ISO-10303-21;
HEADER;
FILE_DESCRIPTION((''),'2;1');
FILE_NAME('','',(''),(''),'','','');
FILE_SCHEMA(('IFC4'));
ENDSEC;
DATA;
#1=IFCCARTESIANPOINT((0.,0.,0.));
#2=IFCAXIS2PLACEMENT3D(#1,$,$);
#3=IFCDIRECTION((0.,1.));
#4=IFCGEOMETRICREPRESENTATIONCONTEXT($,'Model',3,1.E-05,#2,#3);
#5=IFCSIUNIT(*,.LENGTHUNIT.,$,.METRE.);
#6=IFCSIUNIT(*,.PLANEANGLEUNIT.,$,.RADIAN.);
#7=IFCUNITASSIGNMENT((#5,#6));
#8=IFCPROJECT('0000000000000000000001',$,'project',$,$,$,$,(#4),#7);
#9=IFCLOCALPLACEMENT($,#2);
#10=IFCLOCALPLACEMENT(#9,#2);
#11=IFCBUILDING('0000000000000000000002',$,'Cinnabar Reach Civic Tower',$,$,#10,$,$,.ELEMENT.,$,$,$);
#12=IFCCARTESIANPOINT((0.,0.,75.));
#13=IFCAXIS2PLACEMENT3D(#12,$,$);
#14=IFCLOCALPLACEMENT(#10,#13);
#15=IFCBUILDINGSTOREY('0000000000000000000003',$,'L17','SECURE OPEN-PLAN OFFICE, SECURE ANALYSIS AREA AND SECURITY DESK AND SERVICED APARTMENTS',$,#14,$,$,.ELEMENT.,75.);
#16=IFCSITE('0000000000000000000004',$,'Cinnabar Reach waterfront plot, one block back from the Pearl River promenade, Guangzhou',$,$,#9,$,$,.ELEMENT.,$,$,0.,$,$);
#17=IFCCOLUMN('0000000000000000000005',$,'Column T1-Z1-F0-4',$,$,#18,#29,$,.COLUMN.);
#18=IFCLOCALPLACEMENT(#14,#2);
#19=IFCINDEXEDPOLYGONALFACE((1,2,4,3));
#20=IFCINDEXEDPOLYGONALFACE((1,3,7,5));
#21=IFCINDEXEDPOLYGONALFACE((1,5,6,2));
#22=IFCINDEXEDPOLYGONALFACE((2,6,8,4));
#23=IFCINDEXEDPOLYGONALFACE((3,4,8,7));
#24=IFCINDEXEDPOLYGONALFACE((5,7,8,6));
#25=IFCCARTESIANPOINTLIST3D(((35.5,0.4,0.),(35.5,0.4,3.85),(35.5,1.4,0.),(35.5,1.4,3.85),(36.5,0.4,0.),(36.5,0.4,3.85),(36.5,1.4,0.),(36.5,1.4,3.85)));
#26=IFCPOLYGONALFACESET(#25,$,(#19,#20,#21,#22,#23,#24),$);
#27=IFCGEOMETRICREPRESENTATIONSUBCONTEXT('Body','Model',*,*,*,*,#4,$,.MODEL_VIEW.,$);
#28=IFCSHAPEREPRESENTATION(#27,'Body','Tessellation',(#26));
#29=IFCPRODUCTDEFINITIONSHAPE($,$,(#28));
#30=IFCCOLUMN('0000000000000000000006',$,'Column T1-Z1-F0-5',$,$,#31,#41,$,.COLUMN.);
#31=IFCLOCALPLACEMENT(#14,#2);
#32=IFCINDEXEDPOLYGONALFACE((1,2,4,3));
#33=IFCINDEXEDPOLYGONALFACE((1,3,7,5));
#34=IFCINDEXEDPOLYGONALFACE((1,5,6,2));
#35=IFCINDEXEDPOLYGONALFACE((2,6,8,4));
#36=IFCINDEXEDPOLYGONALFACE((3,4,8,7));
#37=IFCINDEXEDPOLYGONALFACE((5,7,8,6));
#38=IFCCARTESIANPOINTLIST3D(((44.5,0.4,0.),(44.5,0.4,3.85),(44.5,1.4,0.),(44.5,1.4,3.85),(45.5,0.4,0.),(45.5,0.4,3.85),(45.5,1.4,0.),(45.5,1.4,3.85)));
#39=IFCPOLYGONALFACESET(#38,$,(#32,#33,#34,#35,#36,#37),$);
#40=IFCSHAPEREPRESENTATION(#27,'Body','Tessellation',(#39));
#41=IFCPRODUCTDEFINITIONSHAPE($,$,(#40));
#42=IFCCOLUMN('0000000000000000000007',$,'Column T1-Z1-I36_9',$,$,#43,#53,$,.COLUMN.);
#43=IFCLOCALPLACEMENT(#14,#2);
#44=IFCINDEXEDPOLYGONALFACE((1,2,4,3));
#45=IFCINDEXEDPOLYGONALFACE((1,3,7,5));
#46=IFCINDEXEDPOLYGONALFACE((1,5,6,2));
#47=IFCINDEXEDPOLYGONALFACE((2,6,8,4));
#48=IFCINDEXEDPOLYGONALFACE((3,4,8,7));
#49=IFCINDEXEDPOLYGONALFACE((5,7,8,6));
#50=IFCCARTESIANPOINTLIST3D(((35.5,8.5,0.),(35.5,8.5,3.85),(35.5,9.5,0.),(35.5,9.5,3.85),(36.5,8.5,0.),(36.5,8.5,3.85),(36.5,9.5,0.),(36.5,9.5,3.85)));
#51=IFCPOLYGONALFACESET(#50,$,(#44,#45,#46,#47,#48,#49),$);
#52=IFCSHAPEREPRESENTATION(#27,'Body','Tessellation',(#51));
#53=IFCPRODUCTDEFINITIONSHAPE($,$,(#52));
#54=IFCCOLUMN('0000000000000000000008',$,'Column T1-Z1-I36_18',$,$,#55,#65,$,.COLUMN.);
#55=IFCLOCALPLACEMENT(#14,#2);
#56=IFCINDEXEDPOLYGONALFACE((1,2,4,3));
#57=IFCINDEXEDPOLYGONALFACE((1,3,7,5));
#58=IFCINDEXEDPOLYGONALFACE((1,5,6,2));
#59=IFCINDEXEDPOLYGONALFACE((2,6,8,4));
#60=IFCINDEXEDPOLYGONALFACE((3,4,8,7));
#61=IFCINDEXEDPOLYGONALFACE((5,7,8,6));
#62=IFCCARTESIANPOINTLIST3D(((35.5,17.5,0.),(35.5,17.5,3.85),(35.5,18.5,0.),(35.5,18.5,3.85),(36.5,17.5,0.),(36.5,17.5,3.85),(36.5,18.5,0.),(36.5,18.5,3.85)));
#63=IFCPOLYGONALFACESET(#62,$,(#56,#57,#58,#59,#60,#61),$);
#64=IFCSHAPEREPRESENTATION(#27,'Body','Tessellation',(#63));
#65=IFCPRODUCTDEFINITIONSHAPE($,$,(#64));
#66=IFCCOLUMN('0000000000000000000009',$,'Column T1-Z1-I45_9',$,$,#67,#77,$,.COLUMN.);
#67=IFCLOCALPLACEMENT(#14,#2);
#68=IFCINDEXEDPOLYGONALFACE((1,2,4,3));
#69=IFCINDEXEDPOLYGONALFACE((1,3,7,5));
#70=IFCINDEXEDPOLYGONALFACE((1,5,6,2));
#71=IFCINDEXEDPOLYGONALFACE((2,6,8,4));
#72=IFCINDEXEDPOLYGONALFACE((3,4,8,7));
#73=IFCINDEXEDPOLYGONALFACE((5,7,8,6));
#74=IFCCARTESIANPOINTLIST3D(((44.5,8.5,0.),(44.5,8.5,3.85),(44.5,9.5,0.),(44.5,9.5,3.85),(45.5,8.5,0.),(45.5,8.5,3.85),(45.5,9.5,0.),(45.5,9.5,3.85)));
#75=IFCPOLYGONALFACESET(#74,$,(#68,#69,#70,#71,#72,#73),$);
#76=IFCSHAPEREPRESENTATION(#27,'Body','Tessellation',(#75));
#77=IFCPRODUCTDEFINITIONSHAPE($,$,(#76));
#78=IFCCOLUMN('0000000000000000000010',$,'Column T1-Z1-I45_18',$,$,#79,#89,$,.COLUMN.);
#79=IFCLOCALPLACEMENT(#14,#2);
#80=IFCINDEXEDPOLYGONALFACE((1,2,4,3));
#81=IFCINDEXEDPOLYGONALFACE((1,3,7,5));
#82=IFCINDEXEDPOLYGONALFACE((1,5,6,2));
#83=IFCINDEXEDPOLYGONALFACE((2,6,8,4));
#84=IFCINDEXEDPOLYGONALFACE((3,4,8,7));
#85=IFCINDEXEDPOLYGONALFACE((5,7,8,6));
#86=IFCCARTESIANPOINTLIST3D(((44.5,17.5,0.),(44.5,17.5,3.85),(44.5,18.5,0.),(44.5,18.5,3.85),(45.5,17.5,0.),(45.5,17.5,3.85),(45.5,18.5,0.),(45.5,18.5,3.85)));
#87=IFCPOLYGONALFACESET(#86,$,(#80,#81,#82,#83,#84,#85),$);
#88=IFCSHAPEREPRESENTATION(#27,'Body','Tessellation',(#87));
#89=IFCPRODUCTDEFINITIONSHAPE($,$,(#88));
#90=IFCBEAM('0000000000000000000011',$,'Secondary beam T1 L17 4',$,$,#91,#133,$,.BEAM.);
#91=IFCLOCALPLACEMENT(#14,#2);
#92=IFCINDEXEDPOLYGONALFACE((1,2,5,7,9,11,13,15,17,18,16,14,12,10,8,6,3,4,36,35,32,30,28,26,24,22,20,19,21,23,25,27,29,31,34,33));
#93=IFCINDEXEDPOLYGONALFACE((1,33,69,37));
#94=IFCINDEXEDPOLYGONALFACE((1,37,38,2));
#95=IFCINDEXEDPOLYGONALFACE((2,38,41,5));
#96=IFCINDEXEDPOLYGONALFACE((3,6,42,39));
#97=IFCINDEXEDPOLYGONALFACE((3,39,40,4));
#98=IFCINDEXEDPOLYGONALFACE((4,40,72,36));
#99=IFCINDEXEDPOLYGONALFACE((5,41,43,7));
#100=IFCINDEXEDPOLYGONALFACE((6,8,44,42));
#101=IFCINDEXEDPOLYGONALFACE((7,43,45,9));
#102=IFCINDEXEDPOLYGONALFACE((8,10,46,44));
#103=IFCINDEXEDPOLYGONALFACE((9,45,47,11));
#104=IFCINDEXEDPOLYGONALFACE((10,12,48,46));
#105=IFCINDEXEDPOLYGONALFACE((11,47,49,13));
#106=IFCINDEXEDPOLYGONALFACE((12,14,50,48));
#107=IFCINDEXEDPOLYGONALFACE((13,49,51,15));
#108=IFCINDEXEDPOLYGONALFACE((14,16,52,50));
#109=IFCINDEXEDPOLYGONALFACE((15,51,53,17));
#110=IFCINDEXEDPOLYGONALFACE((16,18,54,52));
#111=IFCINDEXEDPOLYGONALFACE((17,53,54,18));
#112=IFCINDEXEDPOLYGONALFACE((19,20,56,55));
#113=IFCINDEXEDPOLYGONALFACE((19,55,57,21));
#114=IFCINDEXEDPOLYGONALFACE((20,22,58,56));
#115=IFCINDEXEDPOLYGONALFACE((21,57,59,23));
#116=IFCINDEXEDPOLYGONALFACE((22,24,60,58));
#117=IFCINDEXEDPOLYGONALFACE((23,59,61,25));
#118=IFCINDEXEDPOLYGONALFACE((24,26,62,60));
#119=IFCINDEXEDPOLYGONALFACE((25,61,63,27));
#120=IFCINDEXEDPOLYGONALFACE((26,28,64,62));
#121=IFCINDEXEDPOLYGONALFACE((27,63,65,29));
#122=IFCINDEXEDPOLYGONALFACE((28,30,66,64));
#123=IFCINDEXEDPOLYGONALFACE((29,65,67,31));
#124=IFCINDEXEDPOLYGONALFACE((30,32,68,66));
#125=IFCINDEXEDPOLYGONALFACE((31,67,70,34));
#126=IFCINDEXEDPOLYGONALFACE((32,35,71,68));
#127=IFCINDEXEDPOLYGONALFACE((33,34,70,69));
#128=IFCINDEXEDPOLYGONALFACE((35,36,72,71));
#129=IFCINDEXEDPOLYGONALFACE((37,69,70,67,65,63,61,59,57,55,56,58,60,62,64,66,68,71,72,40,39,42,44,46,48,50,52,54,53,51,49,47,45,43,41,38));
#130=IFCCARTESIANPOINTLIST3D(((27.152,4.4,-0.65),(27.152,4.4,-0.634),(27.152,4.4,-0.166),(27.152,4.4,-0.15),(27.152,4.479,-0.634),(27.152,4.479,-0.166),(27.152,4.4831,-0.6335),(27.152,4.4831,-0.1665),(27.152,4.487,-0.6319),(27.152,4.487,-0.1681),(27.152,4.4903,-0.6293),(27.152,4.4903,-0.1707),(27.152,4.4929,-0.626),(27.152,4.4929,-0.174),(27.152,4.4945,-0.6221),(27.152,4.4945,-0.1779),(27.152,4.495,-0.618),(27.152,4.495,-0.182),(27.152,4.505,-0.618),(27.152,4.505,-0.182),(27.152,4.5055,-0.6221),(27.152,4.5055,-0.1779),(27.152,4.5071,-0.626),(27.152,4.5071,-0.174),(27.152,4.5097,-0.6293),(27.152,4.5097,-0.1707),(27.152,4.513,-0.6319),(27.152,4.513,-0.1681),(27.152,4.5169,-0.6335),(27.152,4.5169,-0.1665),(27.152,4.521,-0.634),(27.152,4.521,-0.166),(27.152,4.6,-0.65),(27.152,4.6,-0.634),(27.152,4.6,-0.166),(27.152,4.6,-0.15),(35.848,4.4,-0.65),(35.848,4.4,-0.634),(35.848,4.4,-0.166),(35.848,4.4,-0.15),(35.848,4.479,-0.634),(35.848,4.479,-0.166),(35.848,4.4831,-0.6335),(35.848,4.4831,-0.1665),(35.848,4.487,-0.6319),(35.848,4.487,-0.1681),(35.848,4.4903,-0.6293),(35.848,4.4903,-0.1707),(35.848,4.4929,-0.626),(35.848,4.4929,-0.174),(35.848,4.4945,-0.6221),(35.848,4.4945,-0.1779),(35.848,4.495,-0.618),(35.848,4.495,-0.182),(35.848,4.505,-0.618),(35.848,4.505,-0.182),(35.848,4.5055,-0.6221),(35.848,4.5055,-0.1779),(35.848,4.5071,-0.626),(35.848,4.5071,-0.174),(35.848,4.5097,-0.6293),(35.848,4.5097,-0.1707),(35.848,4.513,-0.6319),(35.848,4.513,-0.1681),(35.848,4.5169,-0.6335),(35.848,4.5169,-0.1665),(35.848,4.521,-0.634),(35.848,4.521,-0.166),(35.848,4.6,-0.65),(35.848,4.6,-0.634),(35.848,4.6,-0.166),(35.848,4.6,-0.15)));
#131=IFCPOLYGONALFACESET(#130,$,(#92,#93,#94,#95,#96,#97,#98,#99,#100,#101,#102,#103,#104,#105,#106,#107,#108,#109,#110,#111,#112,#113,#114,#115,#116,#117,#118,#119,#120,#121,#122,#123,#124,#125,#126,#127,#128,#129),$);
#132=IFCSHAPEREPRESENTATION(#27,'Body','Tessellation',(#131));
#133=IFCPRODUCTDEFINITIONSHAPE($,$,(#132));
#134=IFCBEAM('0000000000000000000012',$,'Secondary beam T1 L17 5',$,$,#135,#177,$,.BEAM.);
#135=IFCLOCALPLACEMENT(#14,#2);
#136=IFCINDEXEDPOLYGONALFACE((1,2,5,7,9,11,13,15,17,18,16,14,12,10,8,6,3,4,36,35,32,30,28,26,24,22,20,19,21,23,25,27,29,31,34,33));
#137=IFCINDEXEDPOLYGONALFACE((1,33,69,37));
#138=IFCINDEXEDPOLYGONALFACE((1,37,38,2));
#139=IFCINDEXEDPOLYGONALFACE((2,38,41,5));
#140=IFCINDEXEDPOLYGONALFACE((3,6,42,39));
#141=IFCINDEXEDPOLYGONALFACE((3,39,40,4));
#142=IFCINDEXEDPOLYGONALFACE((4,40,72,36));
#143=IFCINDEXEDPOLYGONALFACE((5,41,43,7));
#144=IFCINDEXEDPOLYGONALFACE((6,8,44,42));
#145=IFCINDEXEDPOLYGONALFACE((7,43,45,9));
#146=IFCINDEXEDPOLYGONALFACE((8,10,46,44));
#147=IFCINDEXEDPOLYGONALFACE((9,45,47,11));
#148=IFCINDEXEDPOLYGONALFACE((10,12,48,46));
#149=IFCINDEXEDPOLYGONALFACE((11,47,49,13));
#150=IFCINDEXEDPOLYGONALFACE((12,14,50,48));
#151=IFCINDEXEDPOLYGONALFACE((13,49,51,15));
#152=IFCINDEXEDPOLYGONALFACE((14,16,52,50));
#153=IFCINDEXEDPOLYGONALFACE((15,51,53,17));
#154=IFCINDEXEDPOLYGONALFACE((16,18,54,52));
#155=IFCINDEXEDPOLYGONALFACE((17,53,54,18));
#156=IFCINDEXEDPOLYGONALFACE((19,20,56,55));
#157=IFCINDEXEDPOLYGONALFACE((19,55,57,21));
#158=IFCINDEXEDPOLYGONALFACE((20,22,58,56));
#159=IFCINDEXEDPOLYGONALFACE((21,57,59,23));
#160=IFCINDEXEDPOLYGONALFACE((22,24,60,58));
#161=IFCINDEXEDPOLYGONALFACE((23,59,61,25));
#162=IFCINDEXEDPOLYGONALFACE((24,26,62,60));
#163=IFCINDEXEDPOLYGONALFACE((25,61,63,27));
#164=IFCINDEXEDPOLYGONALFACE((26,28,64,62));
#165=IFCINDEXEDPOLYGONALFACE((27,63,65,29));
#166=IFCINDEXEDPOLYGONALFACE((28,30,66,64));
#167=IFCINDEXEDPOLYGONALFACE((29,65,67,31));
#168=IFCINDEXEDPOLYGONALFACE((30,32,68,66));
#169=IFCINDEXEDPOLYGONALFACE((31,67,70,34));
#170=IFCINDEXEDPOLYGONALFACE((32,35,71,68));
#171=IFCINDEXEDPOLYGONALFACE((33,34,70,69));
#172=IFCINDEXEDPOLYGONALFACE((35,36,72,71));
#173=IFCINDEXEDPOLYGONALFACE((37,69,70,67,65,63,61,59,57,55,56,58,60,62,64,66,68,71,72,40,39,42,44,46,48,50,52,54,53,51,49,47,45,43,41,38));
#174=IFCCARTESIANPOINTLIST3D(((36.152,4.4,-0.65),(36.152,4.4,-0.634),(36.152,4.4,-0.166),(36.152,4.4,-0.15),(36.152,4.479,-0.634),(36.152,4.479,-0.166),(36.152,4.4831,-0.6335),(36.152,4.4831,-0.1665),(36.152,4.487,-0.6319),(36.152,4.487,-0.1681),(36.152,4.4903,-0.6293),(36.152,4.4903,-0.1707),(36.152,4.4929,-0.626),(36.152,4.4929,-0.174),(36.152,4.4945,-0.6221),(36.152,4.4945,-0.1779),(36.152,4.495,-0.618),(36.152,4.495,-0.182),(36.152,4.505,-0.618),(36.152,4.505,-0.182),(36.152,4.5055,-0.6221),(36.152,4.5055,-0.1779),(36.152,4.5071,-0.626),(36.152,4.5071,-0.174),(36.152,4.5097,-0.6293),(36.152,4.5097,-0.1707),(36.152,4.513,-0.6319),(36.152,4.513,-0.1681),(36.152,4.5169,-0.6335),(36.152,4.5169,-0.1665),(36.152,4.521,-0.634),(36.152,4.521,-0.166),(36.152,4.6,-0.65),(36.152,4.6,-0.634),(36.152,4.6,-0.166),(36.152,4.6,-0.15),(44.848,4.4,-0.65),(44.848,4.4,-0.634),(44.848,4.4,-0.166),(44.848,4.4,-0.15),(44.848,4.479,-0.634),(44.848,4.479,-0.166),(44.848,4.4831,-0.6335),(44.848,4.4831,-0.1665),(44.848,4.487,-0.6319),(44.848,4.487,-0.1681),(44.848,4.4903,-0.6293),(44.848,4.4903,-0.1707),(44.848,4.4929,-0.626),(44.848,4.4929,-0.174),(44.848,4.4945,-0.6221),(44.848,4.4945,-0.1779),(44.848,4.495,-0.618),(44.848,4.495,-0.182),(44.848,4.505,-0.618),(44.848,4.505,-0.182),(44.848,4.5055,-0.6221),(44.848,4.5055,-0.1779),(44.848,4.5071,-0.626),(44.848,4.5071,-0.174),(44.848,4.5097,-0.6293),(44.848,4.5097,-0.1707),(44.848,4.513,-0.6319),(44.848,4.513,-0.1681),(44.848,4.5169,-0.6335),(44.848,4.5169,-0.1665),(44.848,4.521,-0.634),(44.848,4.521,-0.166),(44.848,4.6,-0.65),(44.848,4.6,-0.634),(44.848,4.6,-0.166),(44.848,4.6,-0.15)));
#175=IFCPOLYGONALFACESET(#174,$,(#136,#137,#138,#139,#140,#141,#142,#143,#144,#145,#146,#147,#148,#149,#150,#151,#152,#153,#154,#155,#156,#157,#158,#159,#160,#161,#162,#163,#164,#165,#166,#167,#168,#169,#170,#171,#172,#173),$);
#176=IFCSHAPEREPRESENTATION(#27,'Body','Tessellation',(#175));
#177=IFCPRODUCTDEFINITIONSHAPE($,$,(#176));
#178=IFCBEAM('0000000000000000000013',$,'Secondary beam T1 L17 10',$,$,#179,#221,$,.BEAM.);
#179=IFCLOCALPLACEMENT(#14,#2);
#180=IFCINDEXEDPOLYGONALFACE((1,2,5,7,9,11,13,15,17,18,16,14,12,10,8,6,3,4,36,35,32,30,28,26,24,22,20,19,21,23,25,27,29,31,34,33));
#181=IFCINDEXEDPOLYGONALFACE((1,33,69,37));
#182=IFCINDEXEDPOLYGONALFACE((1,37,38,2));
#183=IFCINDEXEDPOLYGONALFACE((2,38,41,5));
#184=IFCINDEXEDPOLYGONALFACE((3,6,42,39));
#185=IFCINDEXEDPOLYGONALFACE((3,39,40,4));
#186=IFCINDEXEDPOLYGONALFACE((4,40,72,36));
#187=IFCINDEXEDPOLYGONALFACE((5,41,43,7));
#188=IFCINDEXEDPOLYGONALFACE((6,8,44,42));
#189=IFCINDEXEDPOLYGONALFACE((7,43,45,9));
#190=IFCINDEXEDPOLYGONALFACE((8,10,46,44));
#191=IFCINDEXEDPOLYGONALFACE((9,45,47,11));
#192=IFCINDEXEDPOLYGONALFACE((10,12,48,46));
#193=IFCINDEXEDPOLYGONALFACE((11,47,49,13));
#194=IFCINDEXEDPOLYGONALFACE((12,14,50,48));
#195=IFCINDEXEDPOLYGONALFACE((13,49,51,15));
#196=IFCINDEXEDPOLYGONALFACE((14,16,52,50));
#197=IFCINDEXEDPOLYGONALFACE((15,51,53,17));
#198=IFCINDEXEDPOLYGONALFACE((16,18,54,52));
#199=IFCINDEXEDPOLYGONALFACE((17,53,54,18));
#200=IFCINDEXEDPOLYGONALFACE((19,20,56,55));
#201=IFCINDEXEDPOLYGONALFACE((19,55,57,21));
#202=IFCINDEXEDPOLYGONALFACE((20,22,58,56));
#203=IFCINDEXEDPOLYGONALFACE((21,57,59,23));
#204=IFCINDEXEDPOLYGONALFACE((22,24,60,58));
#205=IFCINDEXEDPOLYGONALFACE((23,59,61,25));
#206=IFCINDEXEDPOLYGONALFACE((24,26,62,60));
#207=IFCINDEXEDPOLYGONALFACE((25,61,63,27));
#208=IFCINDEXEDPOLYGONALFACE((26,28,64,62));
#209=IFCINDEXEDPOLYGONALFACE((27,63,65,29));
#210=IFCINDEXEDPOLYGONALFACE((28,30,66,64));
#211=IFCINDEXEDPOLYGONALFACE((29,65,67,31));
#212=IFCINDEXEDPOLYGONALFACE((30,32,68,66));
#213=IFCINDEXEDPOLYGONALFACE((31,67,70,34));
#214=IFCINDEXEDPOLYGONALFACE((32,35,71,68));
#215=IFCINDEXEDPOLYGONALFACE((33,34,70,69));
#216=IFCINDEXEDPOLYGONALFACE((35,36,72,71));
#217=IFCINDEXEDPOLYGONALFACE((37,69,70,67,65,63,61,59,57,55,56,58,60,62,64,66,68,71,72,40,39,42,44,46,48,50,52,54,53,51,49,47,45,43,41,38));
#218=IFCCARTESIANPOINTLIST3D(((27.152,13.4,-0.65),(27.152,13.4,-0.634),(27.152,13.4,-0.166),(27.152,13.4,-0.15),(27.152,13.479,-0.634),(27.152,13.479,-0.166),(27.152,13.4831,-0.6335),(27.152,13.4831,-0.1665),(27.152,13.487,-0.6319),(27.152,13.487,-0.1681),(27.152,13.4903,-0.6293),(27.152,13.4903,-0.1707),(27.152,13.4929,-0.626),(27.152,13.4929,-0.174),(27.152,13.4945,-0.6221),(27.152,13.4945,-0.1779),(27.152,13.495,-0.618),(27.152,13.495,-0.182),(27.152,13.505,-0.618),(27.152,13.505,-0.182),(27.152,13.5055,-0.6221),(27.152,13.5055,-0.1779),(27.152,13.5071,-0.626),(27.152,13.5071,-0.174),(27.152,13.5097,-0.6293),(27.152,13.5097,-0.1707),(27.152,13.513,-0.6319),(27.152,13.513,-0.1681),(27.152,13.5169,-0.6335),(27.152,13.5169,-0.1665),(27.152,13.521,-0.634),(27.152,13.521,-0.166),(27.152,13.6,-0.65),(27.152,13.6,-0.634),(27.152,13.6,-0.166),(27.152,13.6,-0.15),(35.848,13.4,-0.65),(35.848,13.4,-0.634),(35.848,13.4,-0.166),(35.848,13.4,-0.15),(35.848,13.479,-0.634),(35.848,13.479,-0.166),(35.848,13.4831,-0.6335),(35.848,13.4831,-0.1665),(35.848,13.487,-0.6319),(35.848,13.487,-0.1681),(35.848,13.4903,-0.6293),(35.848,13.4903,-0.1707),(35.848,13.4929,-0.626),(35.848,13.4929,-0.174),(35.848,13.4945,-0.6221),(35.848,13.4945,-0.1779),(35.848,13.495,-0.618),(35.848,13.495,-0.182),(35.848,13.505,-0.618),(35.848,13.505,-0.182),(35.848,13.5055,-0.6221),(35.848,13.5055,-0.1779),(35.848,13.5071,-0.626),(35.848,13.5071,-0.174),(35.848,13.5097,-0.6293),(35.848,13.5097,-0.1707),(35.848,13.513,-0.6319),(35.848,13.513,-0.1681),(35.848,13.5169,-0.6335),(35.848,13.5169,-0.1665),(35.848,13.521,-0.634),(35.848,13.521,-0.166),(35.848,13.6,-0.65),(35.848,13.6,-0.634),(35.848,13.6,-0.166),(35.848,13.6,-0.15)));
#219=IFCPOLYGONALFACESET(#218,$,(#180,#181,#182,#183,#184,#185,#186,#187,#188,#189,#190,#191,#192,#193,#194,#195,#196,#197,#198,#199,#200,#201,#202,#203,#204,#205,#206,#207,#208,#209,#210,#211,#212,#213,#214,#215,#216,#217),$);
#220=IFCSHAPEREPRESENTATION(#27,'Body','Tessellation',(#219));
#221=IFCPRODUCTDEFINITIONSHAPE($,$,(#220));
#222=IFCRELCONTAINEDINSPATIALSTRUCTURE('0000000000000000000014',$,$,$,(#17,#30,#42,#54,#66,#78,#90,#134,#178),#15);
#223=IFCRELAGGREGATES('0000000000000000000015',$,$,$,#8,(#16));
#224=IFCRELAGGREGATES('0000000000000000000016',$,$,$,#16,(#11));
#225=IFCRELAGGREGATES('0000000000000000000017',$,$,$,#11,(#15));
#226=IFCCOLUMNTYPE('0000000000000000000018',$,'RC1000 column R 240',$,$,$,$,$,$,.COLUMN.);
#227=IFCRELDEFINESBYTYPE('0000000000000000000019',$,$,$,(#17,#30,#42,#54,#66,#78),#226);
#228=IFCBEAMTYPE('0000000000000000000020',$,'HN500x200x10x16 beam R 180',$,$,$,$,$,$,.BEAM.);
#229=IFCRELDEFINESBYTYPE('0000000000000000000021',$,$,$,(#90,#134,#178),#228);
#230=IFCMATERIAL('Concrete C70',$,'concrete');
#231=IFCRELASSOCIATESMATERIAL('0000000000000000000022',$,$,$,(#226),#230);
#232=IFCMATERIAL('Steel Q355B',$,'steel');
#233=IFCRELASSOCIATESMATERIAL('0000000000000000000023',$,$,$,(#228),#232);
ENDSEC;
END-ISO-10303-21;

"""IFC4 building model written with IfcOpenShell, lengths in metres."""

from ifc_helpers import new_model, si_unit, direction, frame, origin, origin_2d, place, context, subcontext, project, spatial, rectangle, i_section, extrude, material, material_profile, profile_set, type_object, element, save


model = new_model("IFC4")

# Units and contexts
model_context = context("Model", 3, precision=1e-05, world=origin(), true_north=direction((0.0, 1.0)))
body_context = subcontext(model_context, "Body", "Model", "MODEL_VIEW")
ifc_project = project(units=[si_unit("LENGTHUNIT", "METRE"), si_unit("PLANEANGLEUNIT", "RADIAN")], contexts=[model_context])

# Site, building, storey
site_placement = place(None, origin())
site = spatial("IfcSite", under=ifc_project, at=site_placement, Name="Cinnabar Reach waterfront plot, one block back from the Pearl River promenade, Guangzhou", CompositionType="ELEMENT", RefElevation=0.0)
building_placement = place(site_placement, origin())
building = spatial("IfcBuilding", under=site, at=building_placement, Name="Cinnabar Reach Civic Tower", CompositionType="ELEMENT")
storey_placement = place(building_placement, frame((0.0, 0.0, 75.0)))
storey = spatial("IfcBuildingStorey", under=building, at=storey_placement, Name="L17", Description="SECURE OPEN-PLAN OFFICE, SECURE ANALYSIS AREA AND SECURITY DESK AND SERVICED APARTMENTS", CompositionType="ELEMENT", Elevation=75.0)

# Columns
ifc_material_1 = material(Name="Concrete C70", Category="concrete")
ifc_material_profile_1 = material_profile(ifc_material_1, rectangle(XDim=1.0, YDim=1.0, at=origin_2d()), Name="RC1000")
ifc_profile_set_1 = profile_set([ifc_material_profile_1], Name="Concrete C70")
column_type = type_object("IfcColumnType", Name="RC1000 column R 240", PredefinedType="COLUMN", material=ifc_profile_set_1)
for number, where, z_axis, x_axis, name in (
    (1, (36.0, 0.9, 0.0), (0.0, 0.0, 1.0), (1.0, 0.0, 0.0), "Column T1-Z1-F0-4"),
    (2, (45.0, 0.9, 0.0), (0.0, 0.0, 1.0), (1.0, 0.0, 0.0), "Column T1-Z1-F0-5"),
    (3, (36.0, 9.0, 0.0), (0.0, 0.0, 1.0), (1.0, 0.0, 0.0), "Column T1-Z1-I36_9"),
    (4, (36.0, 18.0, 0.0), (0.0, 0.0, 1.0), (1.0, 0.0, 0.0), "Column T1-Z1-I36_18"),
    (5, (45.0, 9.0, 0.0), (0.0, 0.0, 1.0), (1.0, 0.0, 0.0), "Column T1-Z1-I45_9"),
    (6, (45.0, 18.0, 0.0), (0.0, 0.0, 1.0), (1.0, 0.0, 0.0), "Column T1-Z1-I45_18"),
):
    element("IfcColumn", number, at=place(storey_placement, frame(where, z_axis=z_axis, x_axis=x_axis)), inside=storey, type_object=column_type, Name=name, PredefinedType="COLUMN", context=body_context, shape_type="SweptSolid", body=[
        extrude(rectangle(XDim=1.0, YDim=1.0, at=origin_2d()), origin(), (0.0, 0.0, 1.0), 3.85),
    ])

# Beams
ifc_material_2 = material(Name="Steel Q355B", Category="steel")
ifc_material_profile_2 = material_profile(ifc_material_2, i_section(OverallWidth=0.2, OverallDepth=0.5, WebThickness=0.01, FlangeThickness=0.016, FilletRadius=0.016, at=origin_2d()), Name="HN500x200x10x16")
ifc_profile_set_2 = profile_set([ifc_material_profile_2], Name="Steel Q355B")
beam_type_1 = type_object("IfcBeamType", Name="HN500x200x10x16 beam R 180", PredefinedType="BEAM", material=ifc_profile_set_2)
for number, where, z_axis, x_axis, name in (
    (7, (27.152, 4.5, -0.4), (1.0, 0.0, 0.0), (0.0, 1.0, 0.0), "Secondary beam T1 L17 4"),
    (8, (36.152, 4.5, -0.4), (1.0, 0.0, 0.0), (0.0, 1.0, 0.0), "Secondary beam T1 L17 5"),
    (9, (27.152, 13.5, -0.4), (1.0, 0.0, 0.0), (0.0, 1.0, 0.0), "Secondary beam T1 L17 10"),
):
    element("IfcBeam", number, at=place(storey_placement, frame(where, z_axis=z_axis, x_axis=x_axis)), inside=storey, type_object=beam_type_1, Name=name, PredefinedType="BEAM", context=body_context, shape_type="SweptSolid", body=[
        extrude(i_section(OverallWidth=0.2, OverallDepth=0.5, WebThickness=0.01, FlangeThickness=0.016, FilletRadius=0.016, at=origin_2d()), origin(), (0.0, 0.0, 1.0), 8.696),
    ])

save(model, "model.ifc")
